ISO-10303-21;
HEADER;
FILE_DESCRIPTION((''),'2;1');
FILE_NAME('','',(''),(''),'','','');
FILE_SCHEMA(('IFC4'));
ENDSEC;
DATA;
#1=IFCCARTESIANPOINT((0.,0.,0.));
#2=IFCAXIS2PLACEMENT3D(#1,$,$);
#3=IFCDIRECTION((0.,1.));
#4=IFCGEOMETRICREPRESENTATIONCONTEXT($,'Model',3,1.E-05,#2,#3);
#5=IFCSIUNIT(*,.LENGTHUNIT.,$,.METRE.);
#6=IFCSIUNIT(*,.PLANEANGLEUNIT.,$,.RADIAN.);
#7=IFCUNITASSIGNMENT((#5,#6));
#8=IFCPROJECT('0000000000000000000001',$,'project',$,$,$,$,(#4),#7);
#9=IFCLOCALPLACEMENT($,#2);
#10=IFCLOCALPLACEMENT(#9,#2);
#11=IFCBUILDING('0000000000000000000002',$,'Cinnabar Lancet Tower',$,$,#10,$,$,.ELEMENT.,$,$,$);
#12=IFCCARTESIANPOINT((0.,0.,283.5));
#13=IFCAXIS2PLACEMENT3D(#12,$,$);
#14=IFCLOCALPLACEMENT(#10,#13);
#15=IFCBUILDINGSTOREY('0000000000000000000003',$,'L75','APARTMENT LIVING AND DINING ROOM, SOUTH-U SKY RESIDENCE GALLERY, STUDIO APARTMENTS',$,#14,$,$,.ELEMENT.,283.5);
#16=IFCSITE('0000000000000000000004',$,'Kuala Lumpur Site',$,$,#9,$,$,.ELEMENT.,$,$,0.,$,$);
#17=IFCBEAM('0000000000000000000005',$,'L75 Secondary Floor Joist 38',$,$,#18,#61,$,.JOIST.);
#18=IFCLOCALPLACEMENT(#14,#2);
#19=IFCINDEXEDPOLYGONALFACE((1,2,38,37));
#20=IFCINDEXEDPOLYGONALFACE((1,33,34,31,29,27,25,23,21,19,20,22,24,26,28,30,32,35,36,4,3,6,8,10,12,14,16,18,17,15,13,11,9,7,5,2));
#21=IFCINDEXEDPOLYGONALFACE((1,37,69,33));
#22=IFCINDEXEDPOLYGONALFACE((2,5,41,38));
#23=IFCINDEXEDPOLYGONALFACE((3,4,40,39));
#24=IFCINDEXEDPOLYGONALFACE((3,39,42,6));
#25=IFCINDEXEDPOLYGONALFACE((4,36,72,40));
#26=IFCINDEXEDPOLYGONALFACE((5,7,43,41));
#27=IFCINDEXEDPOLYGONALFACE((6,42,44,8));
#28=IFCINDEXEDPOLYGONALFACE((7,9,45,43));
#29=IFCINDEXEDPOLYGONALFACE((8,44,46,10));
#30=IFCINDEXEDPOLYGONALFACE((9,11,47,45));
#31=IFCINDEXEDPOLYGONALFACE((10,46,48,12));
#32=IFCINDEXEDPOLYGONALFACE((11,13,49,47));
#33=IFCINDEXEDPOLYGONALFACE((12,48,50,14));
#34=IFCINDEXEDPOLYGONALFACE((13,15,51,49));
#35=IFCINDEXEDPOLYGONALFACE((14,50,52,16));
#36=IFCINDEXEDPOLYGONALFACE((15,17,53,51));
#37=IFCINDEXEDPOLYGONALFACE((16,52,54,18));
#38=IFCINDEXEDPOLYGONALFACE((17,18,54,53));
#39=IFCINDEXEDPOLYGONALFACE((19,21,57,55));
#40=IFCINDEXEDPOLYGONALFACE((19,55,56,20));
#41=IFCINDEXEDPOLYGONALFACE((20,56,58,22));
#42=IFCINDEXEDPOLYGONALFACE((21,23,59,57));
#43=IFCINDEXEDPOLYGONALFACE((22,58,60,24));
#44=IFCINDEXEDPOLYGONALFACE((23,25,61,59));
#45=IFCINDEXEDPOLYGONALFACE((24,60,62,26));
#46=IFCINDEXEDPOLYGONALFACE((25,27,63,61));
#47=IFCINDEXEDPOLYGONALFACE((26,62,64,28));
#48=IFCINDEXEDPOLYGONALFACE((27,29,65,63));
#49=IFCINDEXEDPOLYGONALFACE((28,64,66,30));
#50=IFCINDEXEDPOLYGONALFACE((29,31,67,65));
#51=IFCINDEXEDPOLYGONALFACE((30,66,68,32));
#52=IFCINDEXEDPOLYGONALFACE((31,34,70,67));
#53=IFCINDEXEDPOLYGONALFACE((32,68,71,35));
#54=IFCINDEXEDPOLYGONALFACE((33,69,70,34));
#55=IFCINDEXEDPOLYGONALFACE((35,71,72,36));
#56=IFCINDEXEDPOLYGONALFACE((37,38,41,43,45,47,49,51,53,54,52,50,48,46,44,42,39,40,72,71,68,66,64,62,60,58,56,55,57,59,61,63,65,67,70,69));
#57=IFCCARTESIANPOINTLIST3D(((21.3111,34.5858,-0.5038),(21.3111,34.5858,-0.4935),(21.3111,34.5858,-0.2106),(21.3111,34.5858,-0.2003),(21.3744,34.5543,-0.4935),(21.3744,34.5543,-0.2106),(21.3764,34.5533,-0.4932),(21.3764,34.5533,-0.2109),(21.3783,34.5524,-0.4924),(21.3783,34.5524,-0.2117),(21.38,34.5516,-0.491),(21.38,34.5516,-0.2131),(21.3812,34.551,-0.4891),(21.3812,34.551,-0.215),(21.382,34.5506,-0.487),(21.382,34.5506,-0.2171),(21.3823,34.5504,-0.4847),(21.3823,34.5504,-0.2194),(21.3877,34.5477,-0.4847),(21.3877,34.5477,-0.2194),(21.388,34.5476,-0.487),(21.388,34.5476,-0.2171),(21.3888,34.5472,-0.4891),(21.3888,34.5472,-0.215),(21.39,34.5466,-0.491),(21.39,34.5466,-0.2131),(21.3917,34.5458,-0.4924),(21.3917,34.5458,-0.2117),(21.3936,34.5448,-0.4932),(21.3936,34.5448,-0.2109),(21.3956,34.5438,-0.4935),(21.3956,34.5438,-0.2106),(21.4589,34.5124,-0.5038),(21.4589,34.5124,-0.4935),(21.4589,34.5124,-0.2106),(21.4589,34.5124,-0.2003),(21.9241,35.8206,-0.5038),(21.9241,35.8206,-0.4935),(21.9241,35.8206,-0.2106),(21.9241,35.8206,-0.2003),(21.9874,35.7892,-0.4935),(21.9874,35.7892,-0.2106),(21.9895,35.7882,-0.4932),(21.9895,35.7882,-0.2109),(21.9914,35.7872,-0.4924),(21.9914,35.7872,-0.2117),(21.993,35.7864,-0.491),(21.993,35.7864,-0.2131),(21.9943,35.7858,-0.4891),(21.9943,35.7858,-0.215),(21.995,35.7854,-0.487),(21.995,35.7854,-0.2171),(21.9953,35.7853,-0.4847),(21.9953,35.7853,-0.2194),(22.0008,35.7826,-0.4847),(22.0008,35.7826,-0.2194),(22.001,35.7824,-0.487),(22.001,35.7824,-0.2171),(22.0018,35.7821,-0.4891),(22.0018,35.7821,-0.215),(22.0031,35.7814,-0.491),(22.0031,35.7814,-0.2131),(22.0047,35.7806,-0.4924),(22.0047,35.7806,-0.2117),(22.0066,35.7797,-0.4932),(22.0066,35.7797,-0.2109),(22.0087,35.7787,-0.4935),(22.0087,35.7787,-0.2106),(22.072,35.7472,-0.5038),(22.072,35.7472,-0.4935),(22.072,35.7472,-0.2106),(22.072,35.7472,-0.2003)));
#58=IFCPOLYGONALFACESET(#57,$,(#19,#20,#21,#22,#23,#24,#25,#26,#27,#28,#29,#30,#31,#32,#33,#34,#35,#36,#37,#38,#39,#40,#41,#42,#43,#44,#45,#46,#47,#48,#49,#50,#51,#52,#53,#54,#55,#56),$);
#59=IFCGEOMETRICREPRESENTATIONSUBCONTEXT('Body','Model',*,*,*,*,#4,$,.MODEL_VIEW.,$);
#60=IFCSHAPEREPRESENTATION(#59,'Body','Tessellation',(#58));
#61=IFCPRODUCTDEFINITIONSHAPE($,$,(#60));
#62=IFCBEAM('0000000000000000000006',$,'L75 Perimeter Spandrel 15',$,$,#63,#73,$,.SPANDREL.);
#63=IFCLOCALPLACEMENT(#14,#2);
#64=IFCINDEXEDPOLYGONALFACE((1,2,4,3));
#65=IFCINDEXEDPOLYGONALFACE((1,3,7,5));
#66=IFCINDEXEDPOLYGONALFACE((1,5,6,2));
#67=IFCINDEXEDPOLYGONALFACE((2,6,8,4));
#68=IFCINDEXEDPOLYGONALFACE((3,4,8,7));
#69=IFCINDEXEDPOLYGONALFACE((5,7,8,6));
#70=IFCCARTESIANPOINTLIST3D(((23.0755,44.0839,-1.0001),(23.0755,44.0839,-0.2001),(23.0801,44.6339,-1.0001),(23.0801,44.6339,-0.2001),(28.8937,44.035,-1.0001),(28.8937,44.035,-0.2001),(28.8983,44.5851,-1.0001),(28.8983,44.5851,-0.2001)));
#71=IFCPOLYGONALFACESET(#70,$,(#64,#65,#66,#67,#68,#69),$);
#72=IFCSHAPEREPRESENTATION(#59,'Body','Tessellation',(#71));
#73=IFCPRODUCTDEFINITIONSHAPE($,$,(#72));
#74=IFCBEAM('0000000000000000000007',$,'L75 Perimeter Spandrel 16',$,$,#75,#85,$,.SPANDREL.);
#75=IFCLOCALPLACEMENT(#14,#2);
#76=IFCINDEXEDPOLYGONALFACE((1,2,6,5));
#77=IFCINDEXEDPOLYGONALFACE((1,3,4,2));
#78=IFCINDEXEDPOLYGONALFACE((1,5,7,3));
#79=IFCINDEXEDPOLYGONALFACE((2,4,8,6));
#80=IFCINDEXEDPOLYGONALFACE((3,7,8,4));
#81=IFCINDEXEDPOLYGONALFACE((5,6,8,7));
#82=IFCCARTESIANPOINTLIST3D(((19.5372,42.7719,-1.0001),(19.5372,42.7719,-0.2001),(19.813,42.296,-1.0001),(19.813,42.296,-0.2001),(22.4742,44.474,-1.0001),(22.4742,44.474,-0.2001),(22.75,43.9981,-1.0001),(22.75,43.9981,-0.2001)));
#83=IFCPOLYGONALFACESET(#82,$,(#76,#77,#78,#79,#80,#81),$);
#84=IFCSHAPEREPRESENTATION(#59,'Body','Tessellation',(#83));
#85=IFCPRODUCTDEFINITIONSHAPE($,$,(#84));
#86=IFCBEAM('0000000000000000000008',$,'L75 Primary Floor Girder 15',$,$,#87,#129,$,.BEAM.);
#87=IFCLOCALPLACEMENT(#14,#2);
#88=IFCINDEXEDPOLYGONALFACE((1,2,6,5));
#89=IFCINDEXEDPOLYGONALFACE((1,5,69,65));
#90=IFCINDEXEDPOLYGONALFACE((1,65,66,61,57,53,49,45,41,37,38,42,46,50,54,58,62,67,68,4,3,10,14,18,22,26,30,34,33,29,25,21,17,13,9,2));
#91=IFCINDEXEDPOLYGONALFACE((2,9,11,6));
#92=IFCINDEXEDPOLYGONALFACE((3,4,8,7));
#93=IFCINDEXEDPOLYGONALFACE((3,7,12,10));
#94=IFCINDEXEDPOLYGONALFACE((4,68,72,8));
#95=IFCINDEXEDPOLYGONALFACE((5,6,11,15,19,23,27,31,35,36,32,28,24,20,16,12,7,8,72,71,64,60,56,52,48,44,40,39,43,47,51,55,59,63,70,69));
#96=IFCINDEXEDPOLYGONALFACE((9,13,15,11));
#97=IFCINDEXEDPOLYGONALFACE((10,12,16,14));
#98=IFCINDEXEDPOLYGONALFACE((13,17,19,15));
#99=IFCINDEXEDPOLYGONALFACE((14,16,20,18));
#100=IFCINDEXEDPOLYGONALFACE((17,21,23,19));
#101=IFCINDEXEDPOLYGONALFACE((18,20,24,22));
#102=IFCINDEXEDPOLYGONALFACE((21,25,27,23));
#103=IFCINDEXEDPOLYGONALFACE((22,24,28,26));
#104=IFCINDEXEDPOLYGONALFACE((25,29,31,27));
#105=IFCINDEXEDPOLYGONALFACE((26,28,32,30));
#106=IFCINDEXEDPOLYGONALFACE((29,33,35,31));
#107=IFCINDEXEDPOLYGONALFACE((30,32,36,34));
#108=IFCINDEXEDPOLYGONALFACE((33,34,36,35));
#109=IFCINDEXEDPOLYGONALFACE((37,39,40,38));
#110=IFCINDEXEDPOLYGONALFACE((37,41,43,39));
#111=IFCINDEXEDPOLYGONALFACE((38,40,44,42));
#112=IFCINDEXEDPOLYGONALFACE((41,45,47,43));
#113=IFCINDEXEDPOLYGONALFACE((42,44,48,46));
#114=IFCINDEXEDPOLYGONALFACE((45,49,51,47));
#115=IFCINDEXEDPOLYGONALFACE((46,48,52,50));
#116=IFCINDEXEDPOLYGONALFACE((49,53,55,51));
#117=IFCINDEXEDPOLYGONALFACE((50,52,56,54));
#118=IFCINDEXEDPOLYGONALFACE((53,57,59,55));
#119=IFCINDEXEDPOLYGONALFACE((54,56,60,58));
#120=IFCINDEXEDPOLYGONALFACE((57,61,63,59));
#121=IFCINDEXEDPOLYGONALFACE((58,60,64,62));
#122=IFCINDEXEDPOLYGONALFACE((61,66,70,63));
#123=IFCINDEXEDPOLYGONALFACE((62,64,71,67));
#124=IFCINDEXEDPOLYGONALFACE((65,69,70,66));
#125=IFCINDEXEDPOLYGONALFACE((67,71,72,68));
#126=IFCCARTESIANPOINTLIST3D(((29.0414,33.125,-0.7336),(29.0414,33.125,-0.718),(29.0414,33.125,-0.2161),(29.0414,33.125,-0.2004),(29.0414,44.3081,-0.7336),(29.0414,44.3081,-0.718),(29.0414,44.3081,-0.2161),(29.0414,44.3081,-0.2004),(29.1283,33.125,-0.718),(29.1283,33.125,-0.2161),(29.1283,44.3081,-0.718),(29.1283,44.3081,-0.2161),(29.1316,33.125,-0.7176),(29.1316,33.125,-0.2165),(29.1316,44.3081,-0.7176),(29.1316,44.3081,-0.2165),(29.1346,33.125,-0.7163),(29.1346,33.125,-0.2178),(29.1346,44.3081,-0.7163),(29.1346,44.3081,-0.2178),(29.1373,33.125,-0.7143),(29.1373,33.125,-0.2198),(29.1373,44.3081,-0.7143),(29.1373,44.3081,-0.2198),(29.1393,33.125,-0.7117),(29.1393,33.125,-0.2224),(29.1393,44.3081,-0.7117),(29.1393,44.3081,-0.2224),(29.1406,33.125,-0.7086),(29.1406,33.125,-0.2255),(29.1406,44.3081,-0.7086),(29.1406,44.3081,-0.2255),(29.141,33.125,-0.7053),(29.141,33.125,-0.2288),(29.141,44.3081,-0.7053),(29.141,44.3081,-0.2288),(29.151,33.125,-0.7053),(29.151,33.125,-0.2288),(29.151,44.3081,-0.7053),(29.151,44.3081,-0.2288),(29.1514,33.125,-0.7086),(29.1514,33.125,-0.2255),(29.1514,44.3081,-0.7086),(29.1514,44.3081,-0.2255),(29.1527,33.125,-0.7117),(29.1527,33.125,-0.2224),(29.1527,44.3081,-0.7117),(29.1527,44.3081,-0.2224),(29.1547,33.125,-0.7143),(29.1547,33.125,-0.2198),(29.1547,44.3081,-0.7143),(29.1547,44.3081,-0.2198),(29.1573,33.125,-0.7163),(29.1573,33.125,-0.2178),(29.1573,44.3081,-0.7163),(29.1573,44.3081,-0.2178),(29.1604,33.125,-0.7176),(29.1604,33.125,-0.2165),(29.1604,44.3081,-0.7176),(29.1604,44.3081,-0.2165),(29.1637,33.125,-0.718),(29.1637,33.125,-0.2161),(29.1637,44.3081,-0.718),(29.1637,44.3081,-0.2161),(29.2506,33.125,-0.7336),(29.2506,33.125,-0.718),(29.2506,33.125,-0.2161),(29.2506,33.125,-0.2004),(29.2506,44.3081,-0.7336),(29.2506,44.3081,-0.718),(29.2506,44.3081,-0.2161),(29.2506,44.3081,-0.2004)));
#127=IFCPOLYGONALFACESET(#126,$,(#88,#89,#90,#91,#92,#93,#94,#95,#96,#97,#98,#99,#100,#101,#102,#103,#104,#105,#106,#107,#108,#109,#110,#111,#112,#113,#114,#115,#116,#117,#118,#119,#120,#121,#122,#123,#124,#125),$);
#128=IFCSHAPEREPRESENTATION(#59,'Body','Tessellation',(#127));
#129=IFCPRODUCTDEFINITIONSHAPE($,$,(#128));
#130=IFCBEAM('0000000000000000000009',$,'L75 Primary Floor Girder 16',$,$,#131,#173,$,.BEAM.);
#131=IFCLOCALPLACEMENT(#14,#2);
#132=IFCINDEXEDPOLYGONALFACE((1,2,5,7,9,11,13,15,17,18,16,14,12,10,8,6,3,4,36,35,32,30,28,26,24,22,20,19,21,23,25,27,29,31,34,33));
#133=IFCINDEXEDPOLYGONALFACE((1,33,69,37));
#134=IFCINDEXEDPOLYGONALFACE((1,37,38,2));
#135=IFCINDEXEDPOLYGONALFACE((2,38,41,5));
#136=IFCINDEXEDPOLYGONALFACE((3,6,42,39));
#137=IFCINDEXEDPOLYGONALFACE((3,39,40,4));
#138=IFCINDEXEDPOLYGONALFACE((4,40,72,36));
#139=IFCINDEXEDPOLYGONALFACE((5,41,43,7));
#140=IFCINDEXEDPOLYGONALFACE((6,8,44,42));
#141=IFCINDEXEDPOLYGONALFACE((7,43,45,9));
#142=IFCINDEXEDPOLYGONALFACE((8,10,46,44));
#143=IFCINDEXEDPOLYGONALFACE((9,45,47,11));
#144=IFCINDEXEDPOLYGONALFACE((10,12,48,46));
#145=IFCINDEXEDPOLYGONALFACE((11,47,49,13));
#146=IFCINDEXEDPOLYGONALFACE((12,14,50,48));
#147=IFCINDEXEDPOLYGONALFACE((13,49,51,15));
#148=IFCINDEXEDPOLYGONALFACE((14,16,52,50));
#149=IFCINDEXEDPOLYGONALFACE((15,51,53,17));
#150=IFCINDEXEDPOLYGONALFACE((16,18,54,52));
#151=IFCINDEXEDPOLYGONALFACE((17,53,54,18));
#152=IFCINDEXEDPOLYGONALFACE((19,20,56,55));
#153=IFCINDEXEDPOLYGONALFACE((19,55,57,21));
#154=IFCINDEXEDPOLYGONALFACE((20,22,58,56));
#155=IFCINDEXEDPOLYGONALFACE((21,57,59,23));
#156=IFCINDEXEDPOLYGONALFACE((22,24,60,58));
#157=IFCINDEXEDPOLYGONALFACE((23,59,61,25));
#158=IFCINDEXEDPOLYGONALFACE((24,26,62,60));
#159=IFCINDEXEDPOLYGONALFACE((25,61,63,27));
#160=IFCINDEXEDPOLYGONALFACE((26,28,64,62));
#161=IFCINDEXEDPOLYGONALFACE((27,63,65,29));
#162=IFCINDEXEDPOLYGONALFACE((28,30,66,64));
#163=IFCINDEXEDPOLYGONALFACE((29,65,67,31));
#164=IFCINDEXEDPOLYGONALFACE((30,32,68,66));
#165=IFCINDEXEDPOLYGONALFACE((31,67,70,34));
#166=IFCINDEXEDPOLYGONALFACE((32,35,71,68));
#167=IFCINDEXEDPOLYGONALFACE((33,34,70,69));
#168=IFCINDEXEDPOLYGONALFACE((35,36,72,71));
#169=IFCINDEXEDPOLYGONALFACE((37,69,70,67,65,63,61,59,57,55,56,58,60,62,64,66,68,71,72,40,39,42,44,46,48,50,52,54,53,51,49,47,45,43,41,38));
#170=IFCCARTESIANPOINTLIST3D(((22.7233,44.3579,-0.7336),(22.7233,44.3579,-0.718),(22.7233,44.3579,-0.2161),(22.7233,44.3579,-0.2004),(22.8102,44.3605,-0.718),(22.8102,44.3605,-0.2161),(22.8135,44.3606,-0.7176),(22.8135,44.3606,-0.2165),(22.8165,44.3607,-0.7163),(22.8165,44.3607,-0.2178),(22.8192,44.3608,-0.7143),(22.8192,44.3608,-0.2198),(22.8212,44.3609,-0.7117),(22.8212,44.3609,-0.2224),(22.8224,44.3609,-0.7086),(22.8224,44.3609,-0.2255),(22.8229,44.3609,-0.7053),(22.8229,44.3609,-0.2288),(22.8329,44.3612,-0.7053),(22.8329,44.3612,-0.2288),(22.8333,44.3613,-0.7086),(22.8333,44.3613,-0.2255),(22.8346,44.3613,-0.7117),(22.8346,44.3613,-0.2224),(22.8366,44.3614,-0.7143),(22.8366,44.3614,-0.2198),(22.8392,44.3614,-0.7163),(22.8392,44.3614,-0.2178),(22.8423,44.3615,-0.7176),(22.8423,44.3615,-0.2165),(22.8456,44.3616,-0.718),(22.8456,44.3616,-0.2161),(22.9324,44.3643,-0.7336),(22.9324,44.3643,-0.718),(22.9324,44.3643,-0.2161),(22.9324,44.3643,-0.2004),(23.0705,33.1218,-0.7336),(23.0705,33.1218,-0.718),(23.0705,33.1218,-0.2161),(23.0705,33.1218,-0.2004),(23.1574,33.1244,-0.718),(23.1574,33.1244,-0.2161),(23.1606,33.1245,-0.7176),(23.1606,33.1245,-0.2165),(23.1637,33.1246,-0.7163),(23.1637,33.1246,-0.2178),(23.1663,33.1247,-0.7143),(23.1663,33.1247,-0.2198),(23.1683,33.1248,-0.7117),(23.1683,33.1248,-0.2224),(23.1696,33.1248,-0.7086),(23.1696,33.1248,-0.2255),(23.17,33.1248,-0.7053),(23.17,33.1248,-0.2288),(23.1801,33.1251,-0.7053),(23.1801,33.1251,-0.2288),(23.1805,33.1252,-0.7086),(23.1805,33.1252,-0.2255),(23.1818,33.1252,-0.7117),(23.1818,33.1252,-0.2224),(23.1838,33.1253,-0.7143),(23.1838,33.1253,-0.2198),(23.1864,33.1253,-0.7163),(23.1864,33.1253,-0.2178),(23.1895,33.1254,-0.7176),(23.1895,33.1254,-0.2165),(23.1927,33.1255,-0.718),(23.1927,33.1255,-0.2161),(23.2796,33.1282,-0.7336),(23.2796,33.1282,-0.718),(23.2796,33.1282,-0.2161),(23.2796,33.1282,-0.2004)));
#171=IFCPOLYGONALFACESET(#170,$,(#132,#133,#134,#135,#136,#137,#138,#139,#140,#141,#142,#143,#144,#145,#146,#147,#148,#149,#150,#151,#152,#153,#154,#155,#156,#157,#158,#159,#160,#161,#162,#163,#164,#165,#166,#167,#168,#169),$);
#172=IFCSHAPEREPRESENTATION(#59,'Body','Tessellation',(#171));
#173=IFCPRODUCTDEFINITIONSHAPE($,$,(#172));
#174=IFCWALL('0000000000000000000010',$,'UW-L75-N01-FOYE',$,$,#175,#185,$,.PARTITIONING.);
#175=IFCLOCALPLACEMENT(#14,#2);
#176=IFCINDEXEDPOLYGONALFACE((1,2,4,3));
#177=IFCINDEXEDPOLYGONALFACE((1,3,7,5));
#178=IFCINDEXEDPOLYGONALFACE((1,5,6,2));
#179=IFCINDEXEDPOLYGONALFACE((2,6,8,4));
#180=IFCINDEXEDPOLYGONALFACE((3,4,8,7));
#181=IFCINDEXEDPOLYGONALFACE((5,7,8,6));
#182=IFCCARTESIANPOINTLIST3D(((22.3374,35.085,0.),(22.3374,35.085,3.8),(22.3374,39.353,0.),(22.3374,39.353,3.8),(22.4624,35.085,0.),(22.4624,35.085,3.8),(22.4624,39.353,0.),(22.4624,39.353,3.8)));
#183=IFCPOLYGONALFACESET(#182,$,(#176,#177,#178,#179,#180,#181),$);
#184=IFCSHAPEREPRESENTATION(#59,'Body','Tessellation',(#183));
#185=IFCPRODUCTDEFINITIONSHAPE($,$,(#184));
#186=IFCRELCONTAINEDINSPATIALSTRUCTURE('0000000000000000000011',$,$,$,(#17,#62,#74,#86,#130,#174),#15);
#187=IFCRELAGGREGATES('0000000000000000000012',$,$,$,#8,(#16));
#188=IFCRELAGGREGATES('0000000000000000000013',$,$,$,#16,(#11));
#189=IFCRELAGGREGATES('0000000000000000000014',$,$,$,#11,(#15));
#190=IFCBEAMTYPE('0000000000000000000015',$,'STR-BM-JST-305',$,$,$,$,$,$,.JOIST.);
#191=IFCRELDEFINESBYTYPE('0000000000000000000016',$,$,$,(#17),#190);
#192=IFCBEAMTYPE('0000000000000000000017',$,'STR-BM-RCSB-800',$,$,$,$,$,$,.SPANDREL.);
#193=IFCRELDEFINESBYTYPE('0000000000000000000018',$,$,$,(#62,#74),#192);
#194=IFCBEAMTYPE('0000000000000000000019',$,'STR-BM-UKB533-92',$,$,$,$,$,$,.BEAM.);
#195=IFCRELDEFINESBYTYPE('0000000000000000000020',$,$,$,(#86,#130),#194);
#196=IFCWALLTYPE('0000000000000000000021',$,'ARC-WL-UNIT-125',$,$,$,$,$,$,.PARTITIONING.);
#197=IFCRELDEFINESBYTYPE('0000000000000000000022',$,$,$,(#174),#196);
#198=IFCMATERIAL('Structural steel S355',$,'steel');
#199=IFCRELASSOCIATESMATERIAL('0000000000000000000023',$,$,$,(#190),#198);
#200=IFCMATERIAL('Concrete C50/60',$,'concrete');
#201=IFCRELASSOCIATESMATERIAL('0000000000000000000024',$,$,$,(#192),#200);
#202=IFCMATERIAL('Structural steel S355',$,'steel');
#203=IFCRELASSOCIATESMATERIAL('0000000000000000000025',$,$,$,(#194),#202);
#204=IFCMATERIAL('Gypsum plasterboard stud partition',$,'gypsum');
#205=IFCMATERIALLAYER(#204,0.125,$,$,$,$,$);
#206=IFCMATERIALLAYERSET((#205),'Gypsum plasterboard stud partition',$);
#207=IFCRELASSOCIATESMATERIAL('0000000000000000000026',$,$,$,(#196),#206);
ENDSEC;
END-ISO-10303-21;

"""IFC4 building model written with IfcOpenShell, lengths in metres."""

from ifc_helpers import new_model, si_unit, direction, frame, frame_2d, origin, origin_2d, place, context, subcontext, project, spatial, rectangle, i_section, extrude, material, layer, layer_set, material_profile, profile_set, type_object, element, save


model = new_model("IFC4")

# Units and contexts
model_context = context("Model", 3, precision=1e-05, world=origin(), true_north=direction((0.0, 1.0)))
body_context = subcontext(model_context, "Body", "Model", "MODEL_VIEW")
ifc_project = project(units=[si_unit("LENGTHUNIT", "METRE"), si_unit("PLANEANGLEUNIT", "RADIAN")], contexts=[model_context])

# Site, building, storey
site_placement = place(None, origin())
site = spatial("IfcSite", under=ifc_project, at=site_placement, Name="Kuala Lumpur Site", CompositionType="ELEMENT", RefElevation=0.0)
building_placement = place(site_placement, origin())
building = spatial("IfcBuilding", under=site, at=building_placement, Name="Cinnabar Lancet Tower", CompositionType="ELEMENT")
storey_placement = place(building_placement, frame((0.0, 0.0, 283.5)))
storey = spatial("IfcBuildingStorey", under=building, at=storey_placement, Name="L75", Description="APARTMENT LIVING AND DINING ROOM, SOUTH-U SKY RESIDENCE GALLERY, STUDIO APARTMENTS", CompositionType="ELEMENT", Elevation=283.5)

# Beams
ifc_material_1 = material(Name="Structural steel S355", Category="steel")
ifc_material_profile_1 = material_profile(ifc_material_1, i_section(OverallWidth=0.165, OverallDepth=0.3035, WebThickness=0.0061, FlangeThickness=0.0103, FilletRadius=0.0088, at=origin_2d()), Name="UKB 305x165x40")
ifc_profile_set_1 = profile_set([ifc_material_profile_1], Name="Structural steel S355")
beam_type_1 = type_object("IfcBeamType", Name="STR-BM-JST-305", PredefinedType="JOIST", material=ifc_profile_set_1)
beam_1_placement = place(storey_placement, frame((21.998, 35.7839, -0.3521), z_axis=(-0.444662, -0.895699, 0.0), x_axis=(0.895699, -0.444662, 0.0)))
element("IfcBeam", 1, at=beam_1_placement, inside=storey, type_object=beam_type_1, Name="L75 Secondary Floor Joist 38", PredefinedType="JOIST", context=body_context, shape_type="SweptSolid", body=[
    extrude(i_section(OverallWidth=0.165, OverallDepth=0.3035, WebThickness=0.0061, FlangeThickness=0.0103, FilletRadius=0.0088, at=origin_2d()), origin(), (0.0, 0.0, 1.0), 1.3787),
])
ifc_material_2 = material(Name="Concrete C50/60", Category="concrete")
ifc_material_profile_2 = material_profile(ifc_material_2, rectangle(XDim=0.55, YDim=0.8, at=origin_2d()), Name="RC-SB 550x800")
ifc_profile_set_2 = profile_set([ifc_material_profile_2], Name="Concrete C50/60")
beam_type_2 = type_object("IfcBeamType", Name="STR-BM-RCSB-800", PredefinedType="SPANDREL", material=ifc_profile_set_2)
beam_2_placement = place(storey_placement, frame((28.896, 44.3101, -0.6001), z_axis=(-0.999965, 0.008392, 0.0), x_axis=(-0.008392, -0.999965, 0.0)))
element("IfcBeam", 2, at=beam_2_placement, inside=storey, type_object=beam_type_2, Name="L75 Perimeter Spandrel 15", PredefinedType="SPANDREL", context=body_context, shape_type="SweptSolid", body=[
    extrude(rectangle(XDim=0.55, YDim=0.8, at=origin_2d()), origin(), (0.0, 0.0, 1.0), 5.8184),
])
beam_3_placement = place(storey_placement, frame((22.6121, 44.2361, -0.6001), z_axis=(-0.8652, -0.501427, 0.0), x_axis=(0.501427, -0.8652, 0.0)))
element("IfcBeam", 3, at=beam_3_placement, inside=storey, type_object=beam_type_2, Name="L75 Perimeter Spandrel 16", PredefinedType="SPANDREL", context=body_context, shape_type="SweptSolid", body=[
    extrude(rectangle(XDim=0.55, YDim=0.8, at=origin_2d()), origin(), (0.0, 0.0, 1.0), 3.3945),
])
ifc_material_3 = material(Name="Structural steel S355", Category="steel")
ifc_material_profile_3 = material_profile(ifc_material_3, i_section(OverallWidth=0.2092, OverallDepth=0.5332, WebThickness=0.01, FlangeThickness=0.0156, FilletRadius=0.0127, at=origin_2d()), Name="UKB 533x210x92")
ifc_profile_set_3 = profile_set([ifc_material_profile_3], Name="Structural steel S355")
beam_type_3 = type_object("IfcBeamType", Name="STR-BM-UKB533-92", PredefinedType="BEAM", material=ifc_profile_set_3)
beam_4_placement = place(storey_placement, frame((29.146, 44.3081, -0.467), z_axis=(0.0, -1.0, 0.0), x_axis=(1.0, 0.0, 0.0)))
element("IfcBeam", 4, at=beam_4_placement, inside=storey, type_object=beam_type_3, Name="L75 Primary Floor Girder 15", PredefinedType="BEAM", context=body_context, shape_type="SweptSolid", body=[
    extrude(i_section(OverallWidth=0.2092, OverallDepth=0.5332, WebThickness=0.01, FlangeThickness=0.0156, FilletRadius=0.0127, at=origin_2d()), origin(), (0.0, 0.0, 1.0), 11.1831),
])
beam_5_placement = place(storey_placement, frame((22.8279, 44.3611, -0.467), z_axis=(0.030883, -0.999523, 0.0), x_axis=(0.999523, 0.030883, 0.0)))
element("IfcBeam", 5, at=beam_5_placement, inside=storey, type_object=beam_type_3, Name="L75 Primary Floor Girder 16", PredefinedType="BEAM", context=body_context, shape_type="SweptSolid", body=[
    extrude(i_section(OverallWidth=0.2092, OverallDepth=0.5332, WebThickness=0.01, FlangeThickness=0.0156, FilletRadius=0.0127, at=origin_2d()), origin(), (0.0, 0.0, 1.0), 11.2415),
])

# Wall
ifc_material_4 = material(Name="Gypsum plasterboard stud partition", Category="gypsum")
ifc_layer_1 = layer(ifc_material_4, 0.125)
ifc_layer_set_1 = layer_set([ifc_layer_1], Name="Gypsum plasterboard stud partition")
wall_type_1 = type_object("IfcWallType", Name="ARC-WL-UNIT-125", PredefinedType="PARTITIONING", material=ifc_layer_set_1)
for number, where, z_axis, x_axis, name in (
    (6, (22.3999, 35.085, 0.0), (0.0, 0.0, 1.0), (0.0, 1.0, 0.0), "UW-L75-N01-FOYE"),
):
    element("IfcWall", number, at=place(storey_placement, frame(where, z_axis=z_axis, x_axis=x_axis)), inside=storey, type_object=wall_type_1, Name=name, PredefinedType="PARTITIONING", context=body_context, shape_type="SweptSolid", body=[
        extrude(rectangle(XDim=4.2681, YDim=0.125, at=frame_2d((2.134, 0.0))), origin(), (0.0, 0.0, 1.0), 3.8),
    ])

save(model, "model.ifc")
